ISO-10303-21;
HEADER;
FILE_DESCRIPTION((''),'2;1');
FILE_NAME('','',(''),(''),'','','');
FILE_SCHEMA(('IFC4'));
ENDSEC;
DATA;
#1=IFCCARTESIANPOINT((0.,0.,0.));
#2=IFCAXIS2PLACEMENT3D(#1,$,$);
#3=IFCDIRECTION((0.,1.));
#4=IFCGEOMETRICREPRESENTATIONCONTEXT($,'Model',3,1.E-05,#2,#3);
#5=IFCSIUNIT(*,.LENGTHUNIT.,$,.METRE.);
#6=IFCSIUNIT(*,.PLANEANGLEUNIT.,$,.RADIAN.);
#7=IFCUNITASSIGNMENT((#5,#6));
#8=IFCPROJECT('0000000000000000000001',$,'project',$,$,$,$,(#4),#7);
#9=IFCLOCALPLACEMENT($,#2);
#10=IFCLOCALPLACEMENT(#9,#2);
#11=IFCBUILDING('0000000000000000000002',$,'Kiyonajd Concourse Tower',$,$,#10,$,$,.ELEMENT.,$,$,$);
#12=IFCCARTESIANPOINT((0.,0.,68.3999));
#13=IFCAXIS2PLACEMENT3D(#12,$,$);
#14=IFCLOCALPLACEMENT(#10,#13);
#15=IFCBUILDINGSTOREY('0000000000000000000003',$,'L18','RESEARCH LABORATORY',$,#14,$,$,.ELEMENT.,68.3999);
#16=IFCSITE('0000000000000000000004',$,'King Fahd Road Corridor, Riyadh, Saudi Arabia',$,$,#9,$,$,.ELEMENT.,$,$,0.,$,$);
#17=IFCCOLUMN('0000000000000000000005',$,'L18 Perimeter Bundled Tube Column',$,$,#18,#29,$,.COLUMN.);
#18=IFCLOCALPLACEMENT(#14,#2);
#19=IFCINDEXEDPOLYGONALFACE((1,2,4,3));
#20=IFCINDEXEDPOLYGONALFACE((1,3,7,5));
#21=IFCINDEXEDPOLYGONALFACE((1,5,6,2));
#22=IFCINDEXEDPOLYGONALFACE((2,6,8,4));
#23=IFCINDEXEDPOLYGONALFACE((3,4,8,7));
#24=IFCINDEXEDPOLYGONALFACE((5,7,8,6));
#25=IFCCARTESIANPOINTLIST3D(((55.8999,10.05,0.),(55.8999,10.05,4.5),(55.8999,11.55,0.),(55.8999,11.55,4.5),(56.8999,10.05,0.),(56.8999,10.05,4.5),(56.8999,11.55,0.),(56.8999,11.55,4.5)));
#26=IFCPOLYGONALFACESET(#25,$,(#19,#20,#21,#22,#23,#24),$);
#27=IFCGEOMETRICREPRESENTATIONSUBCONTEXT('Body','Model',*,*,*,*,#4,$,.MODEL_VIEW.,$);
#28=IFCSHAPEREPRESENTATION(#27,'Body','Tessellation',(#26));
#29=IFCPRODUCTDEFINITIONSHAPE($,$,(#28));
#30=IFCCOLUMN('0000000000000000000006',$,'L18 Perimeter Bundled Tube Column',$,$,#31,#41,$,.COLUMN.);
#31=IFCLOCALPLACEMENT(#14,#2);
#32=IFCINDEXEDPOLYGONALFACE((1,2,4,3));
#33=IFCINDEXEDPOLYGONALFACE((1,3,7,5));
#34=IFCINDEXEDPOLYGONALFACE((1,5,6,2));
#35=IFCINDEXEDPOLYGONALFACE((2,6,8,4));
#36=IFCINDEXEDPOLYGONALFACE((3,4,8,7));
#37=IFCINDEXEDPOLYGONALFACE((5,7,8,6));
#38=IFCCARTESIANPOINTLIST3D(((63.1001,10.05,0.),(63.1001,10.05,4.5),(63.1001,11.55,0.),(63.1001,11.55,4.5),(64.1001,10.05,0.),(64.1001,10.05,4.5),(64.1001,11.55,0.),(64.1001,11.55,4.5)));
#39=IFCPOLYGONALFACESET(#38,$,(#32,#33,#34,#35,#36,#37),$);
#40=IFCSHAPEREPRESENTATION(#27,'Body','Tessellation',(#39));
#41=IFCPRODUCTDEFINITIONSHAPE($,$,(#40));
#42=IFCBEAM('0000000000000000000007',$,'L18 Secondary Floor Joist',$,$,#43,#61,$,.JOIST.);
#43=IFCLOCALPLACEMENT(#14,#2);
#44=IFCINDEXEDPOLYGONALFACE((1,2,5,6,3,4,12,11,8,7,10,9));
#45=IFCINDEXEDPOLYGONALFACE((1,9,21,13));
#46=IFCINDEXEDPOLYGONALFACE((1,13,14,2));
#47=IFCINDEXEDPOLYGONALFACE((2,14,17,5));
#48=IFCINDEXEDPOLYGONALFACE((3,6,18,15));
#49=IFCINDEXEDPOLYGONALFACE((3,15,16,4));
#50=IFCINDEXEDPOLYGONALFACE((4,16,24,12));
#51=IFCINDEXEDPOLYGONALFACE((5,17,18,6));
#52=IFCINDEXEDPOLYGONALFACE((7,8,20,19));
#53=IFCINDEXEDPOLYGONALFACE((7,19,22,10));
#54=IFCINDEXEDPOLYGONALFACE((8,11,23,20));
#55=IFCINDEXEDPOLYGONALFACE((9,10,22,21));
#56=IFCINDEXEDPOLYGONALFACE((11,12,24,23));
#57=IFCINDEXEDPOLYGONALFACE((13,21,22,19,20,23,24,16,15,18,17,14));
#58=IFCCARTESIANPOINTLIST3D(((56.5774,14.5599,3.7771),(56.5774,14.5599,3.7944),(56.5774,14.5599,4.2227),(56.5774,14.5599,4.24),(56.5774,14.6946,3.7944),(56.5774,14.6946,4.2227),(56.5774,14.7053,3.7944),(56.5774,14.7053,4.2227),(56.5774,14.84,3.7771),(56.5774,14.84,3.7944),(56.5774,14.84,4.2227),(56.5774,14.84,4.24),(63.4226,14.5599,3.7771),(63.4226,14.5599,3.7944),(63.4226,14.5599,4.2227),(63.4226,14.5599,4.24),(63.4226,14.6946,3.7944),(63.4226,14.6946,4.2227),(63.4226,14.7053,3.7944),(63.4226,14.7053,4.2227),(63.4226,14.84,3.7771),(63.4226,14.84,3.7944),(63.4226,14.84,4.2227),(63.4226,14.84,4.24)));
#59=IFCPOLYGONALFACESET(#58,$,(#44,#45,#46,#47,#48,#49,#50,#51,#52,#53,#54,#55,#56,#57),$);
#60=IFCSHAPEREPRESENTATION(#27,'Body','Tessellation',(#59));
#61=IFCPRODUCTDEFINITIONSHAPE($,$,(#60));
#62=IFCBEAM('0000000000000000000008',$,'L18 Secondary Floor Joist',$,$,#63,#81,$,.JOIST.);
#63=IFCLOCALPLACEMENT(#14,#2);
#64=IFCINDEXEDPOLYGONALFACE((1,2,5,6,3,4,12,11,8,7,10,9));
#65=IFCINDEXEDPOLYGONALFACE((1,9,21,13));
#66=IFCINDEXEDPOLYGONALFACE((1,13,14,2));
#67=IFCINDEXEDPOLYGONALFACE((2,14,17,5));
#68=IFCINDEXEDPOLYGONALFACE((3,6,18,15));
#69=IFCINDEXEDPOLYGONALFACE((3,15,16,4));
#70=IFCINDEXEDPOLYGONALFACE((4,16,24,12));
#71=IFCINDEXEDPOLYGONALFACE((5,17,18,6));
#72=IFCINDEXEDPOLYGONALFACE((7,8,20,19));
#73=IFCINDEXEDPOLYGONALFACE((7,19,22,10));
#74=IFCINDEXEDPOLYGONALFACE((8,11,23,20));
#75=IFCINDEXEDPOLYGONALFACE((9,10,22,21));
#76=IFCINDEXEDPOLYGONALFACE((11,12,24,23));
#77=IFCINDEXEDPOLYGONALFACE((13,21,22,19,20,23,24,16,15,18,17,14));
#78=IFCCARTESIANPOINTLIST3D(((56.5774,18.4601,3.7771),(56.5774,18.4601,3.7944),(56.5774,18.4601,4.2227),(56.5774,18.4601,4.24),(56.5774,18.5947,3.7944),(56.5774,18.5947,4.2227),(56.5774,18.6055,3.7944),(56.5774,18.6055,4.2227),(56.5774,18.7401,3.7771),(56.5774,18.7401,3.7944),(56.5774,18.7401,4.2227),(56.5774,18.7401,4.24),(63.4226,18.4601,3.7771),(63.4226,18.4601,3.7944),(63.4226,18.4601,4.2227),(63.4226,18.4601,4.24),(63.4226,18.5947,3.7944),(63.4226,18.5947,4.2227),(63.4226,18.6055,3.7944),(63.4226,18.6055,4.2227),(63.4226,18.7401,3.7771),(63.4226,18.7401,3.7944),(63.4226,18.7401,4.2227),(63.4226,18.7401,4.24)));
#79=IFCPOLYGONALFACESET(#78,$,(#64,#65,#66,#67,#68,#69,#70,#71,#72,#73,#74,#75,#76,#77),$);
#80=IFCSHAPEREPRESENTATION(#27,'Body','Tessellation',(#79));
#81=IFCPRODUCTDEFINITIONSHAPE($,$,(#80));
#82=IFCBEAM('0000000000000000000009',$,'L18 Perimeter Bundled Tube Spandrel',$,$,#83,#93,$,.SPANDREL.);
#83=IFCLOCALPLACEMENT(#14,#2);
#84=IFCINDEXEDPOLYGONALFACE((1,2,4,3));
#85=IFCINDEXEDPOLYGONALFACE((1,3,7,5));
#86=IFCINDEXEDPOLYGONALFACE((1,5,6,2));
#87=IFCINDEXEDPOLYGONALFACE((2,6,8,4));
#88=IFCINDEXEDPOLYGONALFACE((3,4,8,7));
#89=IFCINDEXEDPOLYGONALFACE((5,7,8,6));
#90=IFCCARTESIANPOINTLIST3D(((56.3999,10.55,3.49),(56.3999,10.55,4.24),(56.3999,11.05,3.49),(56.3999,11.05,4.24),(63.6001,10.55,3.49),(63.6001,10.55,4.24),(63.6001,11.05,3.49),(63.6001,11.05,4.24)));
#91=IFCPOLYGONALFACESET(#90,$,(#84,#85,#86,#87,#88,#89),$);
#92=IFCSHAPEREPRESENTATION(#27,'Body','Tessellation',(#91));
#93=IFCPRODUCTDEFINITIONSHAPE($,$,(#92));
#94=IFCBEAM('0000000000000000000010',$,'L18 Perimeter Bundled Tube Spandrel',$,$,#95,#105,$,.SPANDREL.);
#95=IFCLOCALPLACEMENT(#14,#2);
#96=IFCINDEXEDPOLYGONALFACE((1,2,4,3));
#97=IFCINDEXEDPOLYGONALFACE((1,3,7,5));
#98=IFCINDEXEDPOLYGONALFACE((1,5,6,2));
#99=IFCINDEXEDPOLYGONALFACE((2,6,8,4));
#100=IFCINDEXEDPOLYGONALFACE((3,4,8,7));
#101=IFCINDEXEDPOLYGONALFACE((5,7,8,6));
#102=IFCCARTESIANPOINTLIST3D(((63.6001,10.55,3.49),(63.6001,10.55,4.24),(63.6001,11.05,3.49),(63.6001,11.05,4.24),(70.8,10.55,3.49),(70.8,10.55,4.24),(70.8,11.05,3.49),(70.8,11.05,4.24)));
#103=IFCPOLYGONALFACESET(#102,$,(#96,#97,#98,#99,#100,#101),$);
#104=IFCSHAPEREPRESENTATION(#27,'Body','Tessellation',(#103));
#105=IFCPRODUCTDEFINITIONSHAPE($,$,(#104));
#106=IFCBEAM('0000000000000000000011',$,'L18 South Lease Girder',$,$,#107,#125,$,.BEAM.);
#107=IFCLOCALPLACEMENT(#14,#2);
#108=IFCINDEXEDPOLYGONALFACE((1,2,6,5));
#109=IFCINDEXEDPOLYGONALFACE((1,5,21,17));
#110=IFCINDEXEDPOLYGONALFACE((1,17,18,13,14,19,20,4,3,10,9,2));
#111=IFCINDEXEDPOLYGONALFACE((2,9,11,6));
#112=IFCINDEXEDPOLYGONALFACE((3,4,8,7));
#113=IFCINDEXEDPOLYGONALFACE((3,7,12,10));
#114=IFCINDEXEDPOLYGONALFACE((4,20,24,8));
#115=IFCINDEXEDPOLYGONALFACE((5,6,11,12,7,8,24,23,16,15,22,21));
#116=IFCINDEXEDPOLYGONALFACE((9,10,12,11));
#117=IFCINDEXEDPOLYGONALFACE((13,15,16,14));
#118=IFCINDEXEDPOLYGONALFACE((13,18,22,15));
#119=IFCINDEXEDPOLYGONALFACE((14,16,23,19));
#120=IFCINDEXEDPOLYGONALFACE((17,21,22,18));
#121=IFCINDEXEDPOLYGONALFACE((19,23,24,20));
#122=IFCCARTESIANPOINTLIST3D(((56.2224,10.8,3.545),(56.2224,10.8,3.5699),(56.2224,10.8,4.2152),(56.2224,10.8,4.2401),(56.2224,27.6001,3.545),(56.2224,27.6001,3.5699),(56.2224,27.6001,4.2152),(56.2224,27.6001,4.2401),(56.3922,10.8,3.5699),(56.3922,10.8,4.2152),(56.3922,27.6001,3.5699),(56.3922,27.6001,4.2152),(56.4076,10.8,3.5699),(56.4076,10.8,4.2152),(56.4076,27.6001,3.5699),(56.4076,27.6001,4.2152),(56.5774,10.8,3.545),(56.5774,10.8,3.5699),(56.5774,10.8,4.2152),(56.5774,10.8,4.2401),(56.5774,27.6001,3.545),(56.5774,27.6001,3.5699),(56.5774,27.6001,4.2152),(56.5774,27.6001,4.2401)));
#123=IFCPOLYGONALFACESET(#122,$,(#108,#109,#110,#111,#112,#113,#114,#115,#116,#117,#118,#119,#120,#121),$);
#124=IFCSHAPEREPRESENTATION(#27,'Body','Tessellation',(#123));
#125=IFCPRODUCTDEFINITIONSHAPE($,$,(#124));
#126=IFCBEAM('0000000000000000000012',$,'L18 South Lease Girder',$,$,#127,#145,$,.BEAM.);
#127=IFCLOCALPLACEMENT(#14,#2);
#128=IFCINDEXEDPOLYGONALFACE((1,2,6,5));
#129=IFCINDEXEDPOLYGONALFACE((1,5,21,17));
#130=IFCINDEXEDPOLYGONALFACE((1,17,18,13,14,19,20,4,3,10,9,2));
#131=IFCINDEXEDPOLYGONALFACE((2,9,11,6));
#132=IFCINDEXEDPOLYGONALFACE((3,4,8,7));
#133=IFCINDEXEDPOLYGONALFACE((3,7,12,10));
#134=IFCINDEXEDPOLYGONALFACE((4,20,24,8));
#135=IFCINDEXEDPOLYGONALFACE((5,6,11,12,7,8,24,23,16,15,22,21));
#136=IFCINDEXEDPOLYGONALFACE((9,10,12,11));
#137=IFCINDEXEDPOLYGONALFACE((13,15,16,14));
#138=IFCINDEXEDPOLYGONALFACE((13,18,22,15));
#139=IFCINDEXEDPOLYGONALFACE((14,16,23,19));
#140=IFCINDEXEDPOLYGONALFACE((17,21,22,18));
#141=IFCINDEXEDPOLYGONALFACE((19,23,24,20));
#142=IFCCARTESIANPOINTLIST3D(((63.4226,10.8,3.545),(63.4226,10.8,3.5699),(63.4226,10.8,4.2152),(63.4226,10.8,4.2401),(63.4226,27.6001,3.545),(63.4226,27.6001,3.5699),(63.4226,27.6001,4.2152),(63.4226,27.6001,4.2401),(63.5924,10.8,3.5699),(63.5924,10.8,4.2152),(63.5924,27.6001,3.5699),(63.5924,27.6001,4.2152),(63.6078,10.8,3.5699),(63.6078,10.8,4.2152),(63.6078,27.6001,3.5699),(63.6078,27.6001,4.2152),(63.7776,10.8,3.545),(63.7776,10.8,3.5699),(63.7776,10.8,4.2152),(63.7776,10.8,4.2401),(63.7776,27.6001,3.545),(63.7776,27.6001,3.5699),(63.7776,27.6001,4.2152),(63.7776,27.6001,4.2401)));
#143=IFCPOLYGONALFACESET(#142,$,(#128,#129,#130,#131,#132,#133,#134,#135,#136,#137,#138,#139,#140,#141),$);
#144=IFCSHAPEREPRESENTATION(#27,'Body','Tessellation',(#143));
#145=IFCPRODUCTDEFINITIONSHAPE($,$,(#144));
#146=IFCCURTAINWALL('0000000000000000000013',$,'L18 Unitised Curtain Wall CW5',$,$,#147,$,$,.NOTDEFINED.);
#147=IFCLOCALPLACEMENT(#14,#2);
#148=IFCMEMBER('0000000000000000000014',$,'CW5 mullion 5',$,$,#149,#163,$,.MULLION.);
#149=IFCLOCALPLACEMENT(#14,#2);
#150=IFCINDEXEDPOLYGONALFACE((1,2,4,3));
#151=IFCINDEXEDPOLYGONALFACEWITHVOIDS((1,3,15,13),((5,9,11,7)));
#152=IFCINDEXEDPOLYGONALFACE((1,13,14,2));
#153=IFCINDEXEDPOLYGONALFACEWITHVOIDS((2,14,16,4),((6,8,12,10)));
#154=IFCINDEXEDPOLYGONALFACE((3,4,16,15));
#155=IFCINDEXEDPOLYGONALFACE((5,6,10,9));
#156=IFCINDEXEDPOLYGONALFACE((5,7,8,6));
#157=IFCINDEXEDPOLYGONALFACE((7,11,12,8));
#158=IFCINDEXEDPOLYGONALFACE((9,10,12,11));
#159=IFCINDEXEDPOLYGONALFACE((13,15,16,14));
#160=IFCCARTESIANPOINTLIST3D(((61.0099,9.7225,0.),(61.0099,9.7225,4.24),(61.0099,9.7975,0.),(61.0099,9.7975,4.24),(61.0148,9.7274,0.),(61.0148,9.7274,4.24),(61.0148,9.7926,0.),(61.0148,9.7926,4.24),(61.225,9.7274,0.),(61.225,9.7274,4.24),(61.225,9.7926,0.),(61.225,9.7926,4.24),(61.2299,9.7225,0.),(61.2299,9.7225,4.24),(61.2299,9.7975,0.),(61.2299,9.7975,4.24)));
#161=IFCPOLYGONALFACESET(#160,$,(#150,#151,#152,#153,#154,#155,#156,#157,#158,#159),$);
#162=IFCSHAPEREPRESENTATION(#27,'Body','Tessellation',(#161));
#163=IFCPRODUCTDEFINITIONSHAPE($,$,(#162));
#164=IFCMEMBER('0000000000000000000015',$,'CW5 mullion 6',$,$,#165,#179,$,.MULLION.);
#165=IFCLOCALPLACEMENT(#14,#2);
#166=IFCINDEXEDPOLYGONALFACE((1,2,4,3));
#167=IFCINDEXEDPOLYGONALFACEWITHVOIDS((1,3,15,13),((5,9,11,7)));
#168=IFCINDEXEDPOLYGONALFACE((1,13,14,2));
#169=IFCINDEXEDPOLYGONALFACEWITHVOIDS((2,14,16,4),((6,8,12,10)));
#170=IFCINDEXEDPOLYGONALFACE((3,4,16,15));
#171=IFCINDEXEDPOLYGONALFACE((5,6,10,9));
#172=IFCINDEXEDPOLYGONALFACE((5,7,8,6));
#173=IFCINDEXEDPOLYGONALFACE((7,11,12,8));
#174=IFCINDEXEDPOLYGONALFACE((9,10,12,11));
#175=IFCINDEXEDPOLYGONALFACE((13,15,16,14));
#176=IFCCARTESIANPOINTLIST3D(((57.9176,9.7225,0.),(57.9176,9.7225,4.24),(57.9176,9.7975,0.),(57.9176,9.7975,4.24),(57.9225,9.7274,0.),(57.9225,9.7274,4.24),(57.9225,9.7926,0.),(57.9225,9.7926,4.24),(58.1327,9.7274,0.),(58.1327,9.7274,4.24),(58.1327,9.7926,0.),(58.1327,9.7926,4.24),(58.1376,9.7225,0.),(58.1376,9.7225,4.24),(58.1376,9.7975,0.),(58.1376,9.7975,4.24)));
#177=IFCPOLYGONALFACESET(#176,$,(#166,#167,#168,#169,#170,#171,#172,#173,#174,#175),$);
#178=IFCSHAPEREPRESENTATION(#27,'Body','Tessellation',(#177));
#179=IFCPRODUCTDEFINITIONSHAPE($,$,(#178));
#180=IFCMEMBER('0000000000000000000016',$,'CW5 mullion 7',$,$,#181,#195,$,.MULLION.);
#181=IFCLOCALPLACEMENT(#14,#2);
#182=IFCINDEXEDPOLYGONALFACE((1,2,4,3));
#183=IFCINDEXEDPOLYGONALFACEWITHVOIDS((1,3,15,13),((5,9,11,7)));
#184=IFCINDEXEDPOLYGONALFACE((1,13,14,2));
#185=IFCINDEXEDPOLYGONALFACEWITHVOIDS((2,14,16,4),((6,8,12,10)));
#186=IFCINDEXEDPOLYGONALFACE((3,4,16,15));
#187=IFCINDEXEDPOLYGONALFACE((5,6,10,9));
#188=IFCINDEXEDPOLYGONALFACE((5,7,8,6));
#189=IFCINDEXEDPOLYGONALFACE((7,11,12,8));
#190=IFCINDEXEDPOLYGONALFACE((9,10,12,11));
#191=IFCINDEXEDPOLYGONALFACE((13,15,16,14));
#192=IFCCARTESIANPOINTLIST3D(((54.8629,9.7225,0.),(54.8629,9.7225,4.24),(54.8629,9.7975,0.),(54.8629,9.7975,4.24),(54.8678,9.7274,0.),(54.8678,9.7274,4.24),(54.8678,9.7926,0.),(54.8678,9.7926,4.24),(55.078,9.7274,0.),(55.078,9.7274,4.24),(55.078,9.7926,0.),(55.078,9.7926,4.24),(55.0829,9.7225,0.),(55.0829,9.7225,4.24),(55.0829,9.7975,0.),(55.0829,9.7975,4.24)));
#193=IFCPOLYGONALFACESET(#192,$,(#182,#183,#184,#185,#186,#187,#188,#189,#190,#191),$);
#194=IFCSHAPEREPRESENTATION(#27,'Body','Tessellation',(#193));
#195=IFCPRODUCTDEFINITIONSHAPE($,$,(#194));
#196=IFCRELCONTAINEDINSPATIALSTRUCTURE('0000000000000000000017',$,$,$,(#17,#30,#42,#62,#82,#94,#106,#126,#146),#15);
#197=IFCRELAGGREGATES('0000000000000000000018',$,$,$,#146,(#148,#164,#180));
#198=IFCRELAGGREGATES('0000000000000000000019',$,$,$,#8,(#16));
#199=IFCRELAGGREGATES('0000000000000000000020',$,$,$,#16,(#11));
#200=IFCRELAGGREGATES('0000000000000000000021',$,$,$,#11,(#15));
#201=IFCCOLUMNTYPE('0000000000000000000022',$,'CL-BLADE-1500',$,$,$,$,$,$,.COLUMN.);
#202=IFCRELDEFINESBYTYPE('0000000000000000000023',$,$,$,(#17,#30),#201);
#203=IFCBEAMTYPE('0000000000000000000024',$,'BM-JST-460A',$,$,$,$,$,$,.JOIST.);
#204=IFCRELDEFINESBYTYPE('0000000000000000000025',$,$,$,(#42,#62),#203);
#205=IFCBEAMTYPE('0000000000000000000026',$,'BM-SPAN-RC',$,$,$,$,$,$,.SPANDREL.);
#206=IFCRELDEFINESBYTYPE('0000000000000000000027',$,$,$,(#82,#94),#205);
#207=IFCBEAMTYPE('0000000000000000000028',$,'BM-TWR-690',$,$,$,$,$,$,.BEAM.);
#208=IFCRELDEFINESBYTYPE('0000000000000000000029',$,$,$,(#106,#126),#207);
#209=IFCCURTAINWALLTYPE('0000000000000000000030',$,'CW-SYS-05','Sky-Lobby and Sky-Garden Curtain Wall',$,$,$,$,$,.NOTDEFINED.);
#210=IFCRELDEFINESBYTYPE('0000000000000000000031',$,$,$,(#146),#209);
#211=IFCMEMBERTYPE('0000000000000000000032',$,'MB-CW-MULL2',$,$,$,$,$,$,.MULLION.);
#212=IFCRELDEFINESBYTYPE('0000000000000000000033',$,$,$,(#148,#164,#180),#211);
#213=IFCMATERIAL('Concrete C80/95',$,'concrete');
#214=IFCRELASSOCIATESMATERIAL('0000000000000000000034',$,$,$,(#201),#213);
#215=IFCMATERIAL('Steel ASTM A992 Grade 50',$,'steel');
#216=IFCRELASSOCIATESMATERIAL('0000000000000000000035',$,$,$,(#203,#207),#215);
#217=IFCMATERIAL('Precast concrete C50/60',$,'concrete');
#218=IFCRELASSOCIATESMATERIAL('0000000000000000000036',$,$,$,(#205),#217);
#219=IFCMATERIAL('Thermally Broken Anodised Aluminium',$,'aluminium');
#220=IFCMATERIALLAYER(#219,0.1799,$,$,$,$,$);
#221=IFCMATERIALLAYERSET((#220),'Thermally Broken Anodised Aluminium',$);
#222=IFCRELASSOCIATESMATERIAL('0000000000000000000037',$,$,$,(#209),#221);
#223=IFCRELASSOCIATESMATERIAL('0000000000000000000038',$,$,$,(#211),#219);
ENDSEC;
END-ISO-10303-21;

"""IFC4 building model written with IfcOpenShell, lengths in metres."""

from ifc_helpers import new_model, si_unit, direction, frame, origin, origin_2d, place, context, subcontext, project, spatial, rectangle, hollow_rectangle, i_section, extrude, material, layer, layer_set, material_profile, profile_set, type_object, element, aggregate, save


model = new_model("IFC4")

# Units and contexts
model_context = context("Model", 3, precision=1e-05, world=origin(), true_north=direction((0.0, 1.0)))
body_context = subcontext(model_context, "Body", "Model", "MODEL_VIEW")
ifc_project = project(units=[si_unit("LENGTHUNIT", "METRE"), si_unit("PLANEANGLEUNIT", "RADIAN")], contexts=[model_context])

# Site, building, storey
site_placement = place(None, origin())
site = spatial("IfcSite", under=ifc_project, at=site_placement, Name="King Fahd Road Corridor, Riyadh, Saudi Arabia", CompositionType="ELEMENT", RefElevation=0.0)
building_placement = place(site_placement, origin())
building = spatial("IfcBuilding", under=site, at=building_placement, Name="Kiyonajd Concourse Tower", CompositionType="ELEMENT")
storey_placement = place(building_placement, frame((0.0, 0.0, 68.3999)))
storey = spatial("IfcBuildingStorey", under=building, at=storey_placement, Name="L18", Description="RESEARCH LABORATORY", CompositionType="ELEMENT", Elevation=68.3999)

# Columns
ifc_material_1 = material(Name="Concrete C80/95", Category="concrete")
ifc_material_profile_1 = material_profile(ifc_material_1, rectangle(XDim=1.0, YDim=1.5, at=origin_2d()), Name="RC-1500x1000")
ifc_profile_set_1 = profile_set([ifc_material_profile_1], Name="Concrete C80/95")
column_type = type_object("IfcColumnType", Name="CL-BLADE-1500", PredefinedType="COLUMN", material=ifc_profile_set_1)
for number, where, z_axis, x_axis, name in (
    (1, (56.3999, 10.8, 0.0), (0.0, 0.0, 1.0), (1.0, 0.0, 0.0), "L18 Perimeter Bundled Tube Column"),
    (2, (63.6001, 10.8, 0.0), (0.0, 0.0, 1.0), (1.0, 0.0, 0.0), "L18 Perimeter Bundled Tube Column"),
):
    element("IfcColumn", number, at=place(storey_placement, frame(where, z_axis=z_axis, x_axis=x_axis)), inside=storey, type_object=column_type, Name=name, PredefinedType="COLUMN", context=body_context, shape_type="SweptSolid", body=[
        extrude(rectangle(XDim=1.0, YDim=1.5, at=origin_2d()), origin(), (0.0, 0.0, 1.0), 4.5),
    ])

# Beams
ifc_material_2 = material(Name="Steel ASTM A992 Grade 50", Category="steel")
ifc_material_profile_2 = material_profile(ifc_material_2, i_section(OverallWidth=0.28, OverallDepth=0.4629, WebThickness=0.0107, FlangeThickness=0.0173, at=origin_2d()), Name="W460X113")
ifc_profile_set_2 = profile_set([ifc_material_profile_2], Name="Steel ASTM A992 Grade 50")
beam_type_1 = type_object("IfcBeamType", Name="BM-JST-460A", PredefinedType="JOIST", material=ifc_profile_set_2)
for number, where, z_axis, x_axis, name in (
    (3, (56.5774, 14.7, 4.0085), (1.0, 0.0, 0.0), (0.0, 1.0, 0.0), "L18 Secondary Floor Joist"),
    (4, (56.5774, 18.6001, 4.0085), (1.0, 0.0, 0.0), (0.0, 1.0, 0.0), "L18 Secondary Floor Joist"),
):
    element("IfcBeam", number, at=place(storey_placement, frame(where, z_axis=z_axis, x_axis=x_axis)), inside=storey, type_object=beam_type_1, Name=name, PredefinedType="JOIST", context=body_context, shape_type="SweptSolid", body=[
        extrude(i_section(OverallWidth=0.28, OverallDepth=0.4629, WebThickness=0.0107, FlangeThickness=0.0173, at=origin_2d()), origin(), (0.0, 0.0, 1.0), 6.8452),
    ])
ifc_material_3 = material(Name="Precast concrete C50/60", Category="concrete")
ifc_material_profile_3 = material_profile(ifc_material_3, rectangle(XDim=0.5, YDim=0.75, at=origin_2d()), Name="RCBM-500x750")
ifc_profile_set_3 = profile_set([ifc_material_profile_3], Name="Precast concrete C50/60")
beam_type_2 = type_object("IfcBeamType", Name="BM-SPAN-RC", PredefinedType="SPANDREL", material=ifc_profile_set_3)
beam_1_placement = place(storey_placement, frame((56.3999, 10.8, 3.865), z_axis=(1.0, 0.0, 0.0), x_axis=(0.0, 1.0, 0.0)))
element("IfcBeam", 5, at=beam_1_placement, inside=storey, type_object=beam_type_2, Name="L18 Perimeter Bundled Tube Spandrel", PredefinedType="SPANDREL", context=body_context, shape_type="SweptSolid", body=[
    extrude(rectangle(XDim=0.5, YDim=0.75, at=origin_2d()), origin(), (0.0, 0.0, 1.0), 7.2002),
])
beam_2_placement = place(storey_placement, frame((63.6001, 10.8, 3.865), z_axis=(1.0, 0.0, 0.0), x_axis=(0.0, 1.0, 0.0)))
element("IfcBeam", 6, at=beam_2_placement, inside=storey, type_object=beam_type_2, Name="L18 Perimeter Bundled Tube Spandrel", PredefinedType="SPANDREL", context=body_context, shape_type="SweptSolid", body=[
    extrude(rectangle(XDim=0.5, YDim=0.75, at=origin_2d()), origin(), (0.0, 0.0, 1.0), 7.2),
])
ifc_material_profile_4 = material_profile(ifc_material_2, i_section(OverallWidth=0.355, OverallDepth=0.6951, WebThickness=0.0154, FlangeThickness=0.0249, at=origin_2d()), Name="W690X217")
ifc_profile_set_4 = profile_set([ifc_material_profile_4], Name="Steel ASTM A992 Grade 50")
beam_type_3 = type_object("IfcBeamType", Name="BM-TWR-690", PredefinedType="BEAM", material=ifc_profile_set_4)
for number, where, z_axis, x_axis, name in (
    (7, (56.3999, 10.8, 3.8926), (0.0, 1.0, 0.0), (-1.0, 0.0, 0.0), "L18 South Lease Girder"),
    (8, (63.6001, 10.8, 3.8926), (0.0, 1.0, 0.0), (-1.0, 0.0, 0.0), "L18 South Lease Girder"),
):
    element("IfcBeam", number, at=place(storey_placement, frame(where, z_axis=z_axis, x_axis=x_axis)), inside=storey, type_object=beam_type_3, Name=name, PredefinedType="BEAM", context=body_context, shape_type="SweptSolid", body=[
        extrude(i_section(OverallWidth=0.355, OverallDepth=0.6951, WebThickness=0.0154, FlangeThickness=0.0249, at=origin_2d()), origin(), (0.0, 0.0, 1.0), 16.8),
    ])

# Curtain wall, members
ifc_material_4 = material(Name="Thermally Broken Anodised Aluminium", Category="aluminium")
ifc_layer_1 = layer(ifc_material_4, 0.1799)
ifc_layer_set_1 = layer_set([ifc_layer_1], Name="Thermally Broken Anodised Aluminium")
curtain_wall_type = type_object("IfcCurtainWallType", Name="CW-SYS-05", Description="Sky-Lobby and Sky-Garden Curtain Wall", PredefinedType="NOTDEFINED", material=ifc_layer_set_1)
curtain_wall_placement = place(storey_placement, origin())
curtain_wall = element("IfcCurtainWall", 9, at=curtain_wall_placement, inside=storey, type_object=curtain_wall_type, Name="L18 Unitised Curtain Wall CW5", PredefinedType="NOTDEFINED")
ifc_material_profile_5 = material_profile(ifc_material_4, hollow_rectangle(XDim=0.075, YDim=0.22, WallThickness=0.0049, at=origin_2d()), Name="MULL-75x220")
ifc_profile_set_5 = profile_set([ifc_material_profile_5], Name="Thermally Broken Anodised Aluminium")
member_type_1 = type_object("IfcMemberType", Name="MB-CW-MULL2", PredefinedType="MULLION", material=ifc_profile_set_5)
member_1_placement = place(storey_placement, frame((61.1199, 9.76, 0.0), z_axis=(0.0, 0.0, 1.0), x_axis=(0.0, -1.0, 0.0)))
member_1 = element("IfcMember", 10, at=member_1_placement, type_object=member_type_1, Name="CW5 mullion 5", PredefinedType="MULLION", context=body_context, shape_type="SweptSolid", body=[
    extrude(hollow_rectangle(XDim=0.075, YDim=0.22, WallThickness=0.0049, at=origin_2d()), origin(), (0.0, 0.0, 1.0), 4.24),
])
member_2_placement = place(storey_placement, frame((58.0276, 9.76, 0.0), z_axis=(0.0, 0.0, 1.0), x_axis=(0.0, -1.0, 0.0)))
member_2 = element("IfcMember", 11, at=member_2_placement, type_object=member_type_1, Name="CW5 mullion 6", PredefinedType="MULLION", context=body_context, shape_type="SweptSolid", body=[
    extrude(hollow_rectangle(XDim=0.075, YDim=0.22, WallThickness=0.0049, at=origin_2d()), origin(), (0.0, 0.0, 1.0), 4.24),
])
member_3_placement = place(storey_placement, frame((54.9729, 9.76, 0.0), z_axis=(0.0, 0.0, 1.0), x_axis=(0.0, -1.0, 0.0)))
member_3 = element("IfcMember", 12, at=member_3_placement, type_object=member_type_1, Name="CW5 mullion 7", PredefinedType="MULLION", context=body_context, shape_type="SweptSolid", body=[
    extrude(hollow_rectangle(XDim=0.075, YDim=0.22, WallThickness=0.0049, at=origin_2d()), origin(), (0.0, 0.0, 1.0), 4.24),
])
aggregate(curtain_wall, [member_1, member_2, member_3])

save(model, "model.ifc")
